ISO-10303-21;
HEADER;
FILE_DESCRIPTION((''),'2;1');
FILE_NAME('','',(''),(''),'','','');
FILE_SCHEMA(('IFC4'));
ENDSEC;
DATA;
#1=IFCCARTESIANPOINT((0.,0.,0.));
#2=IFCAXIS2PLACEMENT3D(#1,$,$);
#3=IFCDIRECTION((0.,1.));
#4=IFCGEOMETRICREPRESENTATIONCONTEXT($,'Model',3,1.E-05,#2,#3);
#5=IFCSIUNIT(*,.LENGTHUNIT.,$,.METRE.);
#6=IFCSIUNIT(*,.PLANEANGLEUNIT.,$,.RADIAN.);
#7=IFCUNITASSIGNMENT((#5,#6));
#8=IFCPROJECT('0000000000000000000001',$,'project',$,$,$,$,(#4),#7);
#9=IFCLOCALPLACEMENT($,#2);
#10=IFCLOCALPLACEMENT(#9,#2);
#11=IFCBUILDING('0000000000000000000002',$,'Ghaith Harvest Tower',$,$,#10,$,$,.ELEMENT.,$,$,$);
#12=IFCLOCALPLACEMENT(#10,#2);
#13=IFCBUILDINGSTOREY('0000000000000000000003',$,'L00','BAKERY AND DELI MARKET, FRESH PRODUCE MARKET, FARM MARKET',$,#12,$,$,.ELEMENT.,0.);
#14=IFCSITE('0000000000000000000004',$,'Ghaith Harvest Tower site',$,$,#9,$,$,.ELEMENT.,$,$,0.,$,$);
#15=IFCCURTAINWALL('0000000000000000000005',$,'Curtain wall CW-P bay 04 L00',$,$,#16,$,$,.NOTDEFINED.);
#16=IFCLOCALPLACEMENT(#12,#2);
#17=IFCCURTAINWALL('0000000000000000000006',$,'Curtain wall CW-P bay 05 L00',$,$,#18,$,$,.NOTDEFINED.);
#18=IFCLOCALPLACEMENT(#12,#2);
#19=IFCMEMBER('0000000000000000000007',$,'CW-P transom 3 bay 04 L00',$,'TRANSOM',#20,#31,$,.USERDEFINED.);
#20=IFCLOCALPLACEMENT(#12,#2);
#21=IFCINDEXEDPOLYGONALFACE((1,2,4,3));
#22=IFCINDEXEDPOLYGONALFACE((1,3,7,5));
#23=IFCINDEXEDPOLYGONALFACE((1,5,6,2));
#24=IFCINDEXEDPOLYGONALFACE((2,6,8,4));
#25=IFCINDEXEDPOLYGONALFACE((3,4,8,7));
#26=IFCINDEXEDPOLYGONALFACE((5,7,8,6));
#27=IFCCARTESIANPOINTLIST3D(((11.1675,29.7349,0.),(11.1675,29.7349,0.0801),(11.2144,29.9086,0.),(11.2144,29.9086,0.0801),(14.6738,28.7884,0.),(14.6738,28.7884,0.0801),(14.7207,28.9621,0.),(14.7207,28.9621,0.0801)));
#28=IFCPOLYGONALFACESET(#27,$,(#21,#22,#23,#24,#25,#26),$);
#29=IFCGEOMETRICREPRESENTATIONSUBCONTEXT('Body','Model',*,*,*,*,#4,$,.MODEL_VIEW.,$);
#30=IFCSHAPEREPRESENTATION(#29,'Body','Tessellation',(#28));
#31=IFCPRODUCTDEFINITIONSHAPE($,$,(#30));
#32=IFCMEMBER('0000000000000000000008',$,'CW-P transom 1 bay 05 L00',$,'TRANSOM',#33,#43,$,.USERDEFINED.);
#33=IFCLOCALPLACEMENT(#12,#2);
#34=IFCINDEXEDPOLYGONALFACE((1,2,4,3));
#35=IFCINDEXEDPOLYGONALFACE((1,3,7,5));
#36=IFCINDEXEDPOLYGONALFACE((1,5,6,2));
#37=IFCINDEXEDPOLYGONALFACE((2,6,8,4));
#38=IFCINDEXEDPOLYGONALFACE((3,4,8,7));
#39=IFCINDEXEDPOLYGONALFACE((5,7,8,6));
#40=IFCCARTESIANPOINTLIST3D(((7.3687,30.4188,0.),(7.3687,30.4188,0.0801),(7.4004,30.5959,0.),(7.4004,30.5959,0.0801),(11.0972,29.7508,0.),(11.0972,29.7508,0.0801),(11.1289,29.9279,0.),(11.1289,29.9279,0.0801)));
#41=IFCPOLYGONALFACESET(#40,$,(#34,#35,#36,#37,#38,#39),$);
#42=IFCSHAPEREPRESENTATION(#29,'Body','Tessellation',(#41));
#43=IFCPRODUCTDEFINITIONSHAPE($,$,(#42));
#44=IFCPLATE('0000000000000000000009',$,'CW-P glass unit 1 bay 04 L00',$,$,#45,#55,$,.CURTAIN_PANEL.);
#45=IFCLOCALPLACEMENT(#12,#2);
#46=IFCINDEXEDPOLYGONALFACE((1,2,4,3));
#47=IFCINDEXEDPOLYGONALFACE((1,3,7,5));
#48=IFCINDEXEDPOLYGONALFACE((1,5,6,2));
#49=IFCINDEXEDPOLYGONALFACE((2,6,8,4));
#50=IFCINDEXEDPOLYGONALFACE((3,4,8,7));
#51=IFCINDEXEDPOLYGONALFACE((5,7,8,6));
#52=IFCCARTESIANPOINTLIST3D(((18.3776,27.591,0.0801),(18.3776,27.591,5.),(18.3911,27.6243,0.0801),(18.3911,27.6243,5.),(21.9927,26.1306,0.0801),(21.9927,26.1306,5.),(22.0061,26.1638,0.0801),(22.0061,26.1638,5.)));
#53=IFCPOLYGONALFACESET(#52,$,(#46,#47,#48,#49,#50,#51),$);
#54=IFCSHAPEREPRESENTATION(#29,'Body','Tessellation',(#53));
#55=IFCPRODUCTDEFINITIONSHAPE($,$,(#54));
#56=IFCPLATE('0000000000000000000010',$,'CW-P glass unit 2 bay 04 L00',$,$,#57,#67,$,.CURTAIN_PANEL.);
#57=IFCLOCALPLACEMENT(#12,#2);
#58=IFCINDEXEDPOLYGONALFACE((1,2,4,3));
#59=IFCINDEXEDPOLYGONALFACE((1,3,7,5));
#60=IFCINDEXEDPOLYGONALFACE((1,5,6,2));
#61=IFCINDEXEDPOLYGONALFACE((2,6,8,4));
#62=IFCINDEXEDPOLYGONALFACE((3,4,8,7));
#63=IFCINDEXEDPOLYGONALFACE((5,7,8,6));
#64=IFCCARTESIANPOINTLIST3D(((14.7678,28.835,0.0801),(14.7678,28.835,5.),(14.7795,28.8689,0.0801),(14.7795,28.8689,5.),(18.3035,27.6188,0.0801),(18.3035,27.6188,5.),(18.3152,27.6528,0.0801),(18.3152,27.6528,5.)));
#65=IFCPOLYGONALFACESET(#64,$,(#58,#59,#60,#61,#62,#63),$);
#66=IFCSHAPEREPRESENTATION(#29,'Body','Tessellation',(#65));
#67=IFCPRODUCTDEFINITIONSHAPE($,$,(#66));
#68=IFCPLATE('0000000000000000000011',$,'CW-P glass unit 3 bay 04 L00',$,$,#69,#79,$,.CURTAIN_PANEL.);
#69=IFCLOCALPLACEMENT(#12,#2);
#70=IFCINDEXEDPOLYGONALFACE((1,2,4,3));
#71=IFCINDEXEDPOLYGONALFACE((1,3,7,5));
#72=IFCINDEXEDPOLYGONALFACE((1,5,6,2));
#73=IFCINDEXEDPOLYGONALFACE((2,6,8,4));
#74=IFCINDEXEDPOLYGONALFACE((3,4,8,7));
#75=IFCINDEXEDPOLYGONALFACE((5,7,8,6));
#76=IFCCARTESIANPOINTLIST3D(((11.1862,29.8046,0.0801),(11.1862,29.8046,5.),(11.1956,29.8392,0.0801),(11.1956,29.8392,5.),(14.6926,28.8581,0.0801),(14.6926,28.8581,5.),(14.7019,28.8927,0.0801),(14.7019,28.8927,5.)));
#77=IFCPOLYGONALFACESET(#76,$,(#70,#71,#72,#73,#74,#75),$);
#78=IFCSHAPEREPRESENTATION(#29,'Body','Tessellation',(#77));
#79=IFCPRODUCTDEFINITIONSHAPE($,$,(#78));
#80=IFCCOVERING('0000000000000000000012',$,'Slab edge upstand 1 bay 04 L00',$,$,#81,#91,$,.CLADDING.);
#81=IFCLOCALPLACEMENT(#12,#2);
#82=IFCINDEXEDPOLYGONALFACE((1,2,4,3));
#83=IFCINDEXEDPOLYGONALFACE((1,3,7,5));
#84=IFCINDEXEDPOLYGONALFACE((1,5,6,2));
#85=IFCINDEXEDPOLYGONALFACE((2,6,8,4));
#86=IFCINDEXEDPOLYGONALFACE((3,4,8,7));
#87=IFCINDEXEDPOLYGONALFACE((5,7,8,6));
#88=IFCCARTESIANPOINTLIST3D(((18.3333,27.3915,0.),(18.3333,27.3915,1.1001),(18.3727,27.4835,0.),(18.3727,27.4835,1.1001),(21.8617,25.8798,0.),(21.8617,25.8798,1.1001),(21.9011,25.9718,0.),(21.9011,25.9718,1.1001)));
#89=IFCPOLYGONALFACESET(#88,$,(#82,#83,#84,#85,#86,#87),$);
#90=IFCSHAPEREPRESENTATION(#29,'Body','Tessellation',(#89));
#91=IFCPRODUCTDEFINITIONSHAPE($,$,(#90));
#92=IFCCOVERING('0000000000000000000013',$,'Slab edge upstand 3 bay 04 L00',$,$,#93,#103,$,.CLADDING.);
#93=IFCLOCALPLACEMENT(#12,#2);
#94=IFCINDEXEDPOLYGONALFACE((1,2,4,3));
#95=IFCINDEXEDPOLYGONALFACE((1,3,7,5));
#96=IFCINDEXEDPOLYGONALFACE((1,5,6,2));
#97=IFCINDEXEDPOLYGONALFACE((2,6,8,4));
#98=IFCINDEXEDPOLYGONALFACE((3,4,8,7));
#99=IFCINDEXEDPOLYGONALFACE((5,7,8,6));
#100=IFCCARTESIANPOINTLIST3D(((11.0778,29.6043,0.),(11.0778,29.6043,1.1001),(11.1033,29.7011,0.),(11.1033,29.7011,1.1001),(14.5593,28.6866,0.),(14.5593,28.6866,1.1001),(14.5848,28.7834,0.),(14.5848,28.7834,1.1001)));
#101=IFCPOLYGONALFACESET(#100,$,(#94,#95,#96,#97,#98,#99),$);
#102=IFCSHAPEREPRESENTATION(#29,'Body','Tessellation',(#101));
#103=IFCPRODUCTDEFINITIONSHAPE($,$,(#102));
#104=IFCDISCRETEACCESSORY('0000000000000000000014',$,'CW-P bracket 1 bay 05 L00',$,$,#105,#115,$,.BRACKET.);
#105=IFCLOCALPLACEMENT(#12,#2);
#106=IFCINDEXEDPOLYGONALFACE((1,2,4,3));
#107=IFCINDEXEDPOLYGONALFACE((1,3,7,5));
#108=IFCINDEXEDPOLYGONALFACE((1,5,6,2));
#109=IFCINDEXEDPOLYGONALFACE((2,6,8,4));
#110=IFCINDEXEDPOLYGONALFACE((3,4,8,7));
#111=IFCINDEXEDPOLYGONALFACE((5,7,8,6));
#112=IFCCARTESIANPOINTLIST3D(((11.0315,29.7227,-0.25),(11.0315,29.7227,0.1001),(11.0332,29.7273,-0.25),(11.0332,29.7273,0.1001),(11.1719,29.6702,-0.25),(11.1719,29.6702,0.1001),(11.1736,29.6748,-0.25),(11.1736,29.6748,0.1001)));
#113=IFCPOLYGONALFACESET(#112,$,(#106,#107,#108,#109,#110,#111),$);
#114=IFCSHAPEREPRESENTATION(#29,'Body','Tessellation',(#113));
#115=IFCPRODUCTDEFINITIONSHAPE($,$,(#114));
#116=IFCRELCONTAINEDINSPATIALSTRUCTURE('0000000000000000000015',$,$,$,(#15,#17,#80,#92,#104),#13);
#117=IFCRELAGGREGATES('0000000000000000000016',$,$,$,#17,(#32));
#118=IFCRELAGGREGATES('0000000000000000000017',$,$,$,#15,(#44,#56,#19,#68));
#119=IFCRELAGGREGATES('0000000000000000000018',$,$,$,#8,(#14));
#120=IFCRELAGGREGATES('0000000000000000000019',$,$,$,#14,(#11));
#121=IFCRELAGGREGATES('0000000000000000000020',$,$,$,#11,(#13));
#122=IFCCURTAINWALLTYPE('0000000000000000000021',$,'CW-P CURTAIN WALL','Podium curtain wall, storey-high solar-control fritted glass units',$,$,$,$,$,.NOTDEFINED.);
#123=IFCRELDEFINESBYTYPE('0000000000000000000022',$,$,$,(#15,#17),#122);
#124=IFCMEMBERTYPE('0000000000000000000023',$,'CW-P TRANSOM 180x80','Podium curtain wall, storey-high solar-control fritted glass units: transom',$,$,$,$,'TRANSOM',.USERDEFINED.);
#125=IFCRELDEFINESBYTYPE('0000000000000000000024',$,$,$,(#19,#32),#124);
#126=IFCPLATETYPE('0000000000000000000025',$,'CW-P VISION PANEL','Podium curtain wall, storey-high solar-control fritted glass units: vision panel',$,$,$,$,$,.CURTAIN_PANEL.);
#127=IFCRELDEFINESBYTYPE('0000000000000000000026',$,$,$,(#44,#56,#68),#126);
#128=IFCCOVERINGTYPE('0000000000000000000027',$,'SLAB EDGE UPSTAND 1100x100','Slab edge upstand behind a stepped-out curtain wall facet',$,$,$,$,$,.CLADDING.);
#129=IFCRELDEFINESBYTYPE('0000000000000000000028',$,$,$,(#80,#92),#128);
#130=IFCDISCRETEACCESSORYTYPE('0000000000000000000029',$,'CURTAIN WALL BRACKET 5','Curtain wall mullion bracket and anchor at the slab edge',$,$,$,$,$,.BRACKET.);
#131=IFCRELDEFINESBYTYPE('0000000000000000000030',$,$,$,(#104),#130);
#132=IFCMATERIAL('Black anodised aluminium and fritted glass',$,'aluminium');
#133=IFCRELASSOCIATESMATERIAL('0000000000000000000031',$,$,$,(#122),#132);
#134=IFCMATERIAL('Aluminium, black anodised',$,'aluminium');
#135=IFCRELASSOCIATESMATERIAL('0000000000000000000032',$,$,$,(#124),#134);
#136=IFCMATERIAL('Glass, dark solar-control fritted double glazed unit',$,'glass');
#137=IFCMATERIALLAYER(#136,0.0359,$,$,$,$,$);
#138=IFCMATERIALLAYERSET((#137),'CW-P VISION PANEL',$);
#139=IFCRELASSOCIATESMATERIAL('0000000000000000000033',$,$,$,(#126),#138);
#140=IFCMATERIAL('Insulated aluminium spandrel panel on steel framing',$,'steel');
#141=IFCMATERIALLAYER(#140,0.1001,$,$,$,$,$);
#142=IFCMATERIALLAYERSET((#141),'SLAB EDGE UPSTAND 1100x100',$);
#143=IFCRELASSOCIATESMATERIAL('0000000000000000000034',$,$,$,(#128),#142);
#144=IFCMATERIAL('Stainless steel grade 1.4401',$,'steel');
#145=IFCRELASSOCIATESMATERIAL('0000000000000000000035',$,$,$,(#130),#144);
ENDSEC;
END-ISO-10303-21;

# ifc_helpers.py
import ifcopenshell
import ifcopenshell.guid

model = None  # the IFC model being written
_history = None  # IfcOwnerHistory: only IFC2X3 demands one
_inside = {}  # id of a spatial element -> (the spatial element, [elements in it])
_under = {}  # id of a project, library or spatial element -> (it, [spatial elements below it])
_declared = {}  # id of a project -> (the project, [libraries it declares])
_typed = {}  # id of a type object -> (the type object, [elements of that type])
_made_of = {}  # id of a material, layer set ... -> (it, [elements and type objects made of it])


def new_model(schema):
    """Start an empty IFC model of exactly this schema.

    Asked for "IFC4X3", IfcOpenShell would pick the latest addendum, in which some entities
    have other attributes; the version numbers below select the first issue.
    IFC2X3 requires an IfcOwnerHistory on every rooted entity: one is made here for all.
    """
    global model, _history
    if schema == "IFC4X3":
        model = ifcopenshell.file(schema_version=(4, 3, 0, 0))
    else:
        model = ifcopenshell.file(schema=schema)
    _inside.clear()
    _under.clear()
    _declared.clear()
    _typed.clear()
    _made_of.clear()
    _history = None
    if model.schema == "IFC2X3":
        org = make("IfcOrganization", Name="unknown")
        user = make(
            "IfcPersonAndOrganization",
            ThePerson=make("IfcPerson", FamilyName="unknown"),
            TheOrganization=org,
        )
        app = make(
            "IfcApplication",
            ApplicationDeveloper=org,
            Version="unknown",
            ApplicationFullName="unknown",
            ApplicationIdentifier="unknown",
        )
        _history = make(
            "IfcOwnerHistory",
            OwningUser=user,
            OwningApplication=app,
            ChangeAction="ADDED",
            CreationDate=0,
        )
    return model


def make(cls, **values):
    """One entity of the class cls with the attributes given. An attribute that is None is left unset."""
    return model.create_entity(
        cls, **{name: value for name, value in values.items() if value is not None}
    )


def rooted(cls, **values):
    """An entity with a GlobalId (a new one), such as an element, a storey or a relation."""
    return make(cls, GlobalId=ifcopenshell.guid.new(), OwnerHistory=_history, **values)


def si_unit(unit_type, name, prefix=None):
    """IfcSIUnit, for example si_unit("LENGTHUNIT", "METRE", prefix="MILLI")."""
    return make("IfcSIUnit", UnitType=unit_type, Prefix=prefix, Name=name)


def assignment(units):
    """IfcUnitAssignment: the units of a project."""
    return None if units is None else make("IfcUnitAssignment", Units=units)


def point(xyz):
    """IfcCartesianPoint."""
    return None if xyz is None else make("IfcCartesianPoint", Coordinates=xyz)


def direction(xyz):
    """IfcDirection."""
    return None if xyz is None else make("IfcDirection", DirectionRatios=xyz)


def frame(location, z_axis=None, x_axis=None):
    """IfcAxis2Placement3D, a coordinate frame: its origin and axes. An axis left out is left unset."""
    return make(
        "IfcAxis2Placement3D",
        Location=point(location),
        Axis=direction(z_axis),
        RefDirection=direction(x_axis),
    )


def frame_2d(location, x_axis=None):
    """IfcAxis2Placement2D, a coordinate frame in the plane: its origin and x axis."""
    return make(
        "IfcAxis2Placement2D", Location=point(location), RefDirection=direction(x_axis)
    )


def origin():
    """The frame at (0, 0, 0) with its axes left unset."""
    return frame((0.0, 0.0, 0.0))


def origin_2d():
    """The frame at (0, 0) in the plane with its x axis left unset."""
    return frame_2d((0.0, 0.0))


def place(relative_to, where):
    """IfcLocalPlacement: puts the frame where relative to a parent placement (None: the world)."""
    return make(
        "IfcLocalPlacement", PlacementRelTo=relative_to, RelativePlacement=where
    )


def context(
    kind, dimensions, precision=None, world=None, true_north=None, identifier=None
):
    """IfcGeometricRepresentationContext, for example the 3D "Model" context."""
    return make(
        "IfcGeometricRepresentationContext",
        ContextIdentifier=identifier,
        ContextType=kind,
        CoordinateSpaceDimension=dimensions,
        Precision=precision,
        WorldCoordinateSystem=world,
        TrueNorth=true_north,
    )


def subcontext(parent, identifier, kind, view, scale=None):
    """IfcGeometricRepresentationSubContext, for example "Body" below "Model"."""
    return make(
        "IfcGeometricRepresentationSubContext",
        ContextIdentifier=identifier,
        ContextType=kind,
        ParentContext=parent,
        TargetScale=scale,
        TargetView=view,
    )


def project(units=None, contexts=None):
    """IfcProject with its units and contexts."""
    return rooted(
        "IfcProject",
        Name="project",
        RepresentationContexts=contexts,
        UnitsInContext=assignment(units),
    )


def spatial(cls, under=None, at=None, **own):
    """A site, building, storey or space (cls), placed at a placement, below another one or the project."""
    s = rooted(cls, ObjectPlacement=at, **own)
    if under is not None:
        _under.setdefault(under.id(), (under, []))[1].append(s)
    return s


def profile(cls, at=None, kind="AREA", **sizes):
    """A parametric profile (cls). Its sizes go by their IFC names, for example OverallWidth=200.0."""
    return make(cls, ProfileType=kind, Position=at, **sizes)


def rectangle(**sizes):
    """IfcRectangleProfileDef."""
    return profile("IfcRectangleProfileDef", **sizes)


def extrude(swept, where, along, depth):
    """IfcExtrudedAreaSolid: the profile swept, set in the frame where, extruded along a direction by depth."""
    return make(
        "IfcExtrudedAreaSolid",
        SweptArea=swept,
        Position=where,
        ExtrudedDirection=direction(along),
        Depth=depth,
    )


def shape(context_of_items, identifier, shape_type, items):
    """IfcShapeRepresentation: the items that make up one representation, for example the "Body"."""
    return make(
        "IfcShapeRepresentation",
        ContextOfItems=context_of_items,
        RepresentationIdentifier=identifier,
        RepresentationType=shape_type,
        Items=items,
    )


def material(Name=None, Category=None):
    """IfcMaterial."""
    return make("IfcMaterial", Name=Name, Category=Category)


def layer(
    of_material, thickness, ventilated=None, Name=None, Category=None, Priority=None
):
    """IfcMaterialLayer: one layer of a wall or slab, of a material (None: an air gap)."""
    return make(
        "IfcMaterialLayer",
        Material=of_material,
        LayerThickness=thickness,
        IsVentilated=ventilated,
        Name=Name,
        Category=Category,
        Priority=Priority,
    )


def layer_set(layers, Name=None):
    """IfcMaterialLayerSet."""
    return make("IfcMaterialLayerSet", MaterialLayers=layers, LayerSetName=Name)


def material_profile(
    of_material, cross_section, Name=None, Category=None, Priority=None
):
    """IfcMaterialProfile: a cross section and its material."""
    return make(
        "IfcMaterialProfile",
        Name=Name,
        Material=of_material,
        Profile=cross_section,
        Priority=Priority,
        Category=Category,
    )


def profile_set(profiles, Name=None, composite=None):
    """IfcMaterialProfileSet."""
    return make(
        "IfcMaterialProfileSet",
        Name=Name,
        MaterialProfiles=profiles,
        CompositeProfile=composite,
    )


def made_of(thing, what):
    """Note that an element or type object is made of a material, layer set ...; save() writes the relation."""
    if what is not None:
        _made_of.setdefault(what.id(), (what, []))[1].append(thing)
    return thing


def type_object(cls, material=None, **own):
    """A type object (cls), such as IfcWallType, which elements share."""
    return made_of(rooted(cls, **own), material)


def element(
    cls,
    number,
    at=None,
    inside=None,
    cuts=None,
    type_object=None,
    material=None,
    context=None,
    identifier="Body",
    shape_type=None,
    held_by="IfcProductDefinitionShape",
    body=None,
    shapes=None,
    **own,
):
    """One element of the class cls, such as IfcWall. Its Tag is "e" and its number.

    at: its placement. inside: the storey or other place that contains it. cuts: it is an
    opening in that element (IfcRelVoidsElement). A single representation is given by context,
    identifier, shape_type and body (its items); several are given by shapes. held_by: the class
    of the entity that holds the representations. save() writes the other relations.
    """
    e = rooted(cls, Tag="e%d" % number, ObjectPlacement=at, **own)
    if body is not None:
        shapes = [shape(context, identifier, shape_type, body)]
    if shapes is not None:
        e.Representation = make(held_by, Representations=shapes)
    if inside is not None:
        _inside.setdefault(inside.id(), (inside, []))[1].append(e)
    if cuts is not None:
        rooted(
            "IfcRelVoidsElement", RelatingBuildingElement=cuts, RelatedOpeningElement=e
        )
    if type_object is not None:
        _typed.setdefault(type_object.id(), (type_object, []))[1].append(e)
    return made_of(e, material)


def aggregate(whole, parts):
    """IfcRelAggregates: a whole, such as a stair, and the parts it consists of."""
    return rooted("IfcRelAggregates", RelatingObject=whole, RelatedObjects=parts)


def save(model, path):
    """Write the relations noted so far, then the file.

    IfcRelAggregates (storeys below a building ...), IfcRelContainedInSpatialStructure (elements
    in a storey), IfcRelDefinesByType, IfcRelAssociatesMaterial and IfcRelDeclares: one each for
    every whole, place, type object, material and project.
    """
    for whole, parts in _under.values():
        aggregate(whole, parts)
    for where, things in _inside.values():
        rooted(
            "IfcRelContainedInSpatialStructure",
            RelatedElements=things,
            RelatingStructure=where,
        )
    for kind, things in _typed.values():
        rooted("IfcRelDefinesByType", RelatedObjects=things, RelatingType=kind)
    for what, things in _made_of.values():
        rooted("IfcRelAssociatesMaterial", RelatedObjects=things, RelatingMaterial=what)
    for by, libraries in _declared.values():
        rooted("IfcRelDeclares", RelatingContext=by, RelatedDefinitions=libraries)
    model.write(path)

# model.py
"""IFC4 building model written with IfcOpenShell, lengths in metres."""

from ifc_helpers import new_model, si_unit, direction, frame, origin, origin_2d, place, context, subcontext, project, spatial, rectangle, extrude, material, layer, layer_set, material_profile, profile_set, type_object, element, aggregate, save


model = new_model("IFC4")

# Units and contexts
model_context = context("Model", 3, precision=1e-05, world=origin(), true_north=direction((0.0, 1.0)))
body_context = subcontext(model_context, "Body", "Model", "MODEL_VIEW")
ifc_project = project(units=[si_unit("LENGTHUNIT", "METRE"), si_unit("PLANEANGLEUNIT", "RADIAN")], contexts=[model_context])

# Site, building, storey
site_placement = place(None, origin())
site = spatial("IfcSite", under=ifc_project, at=site_placement, Name="Ghaith Harvest Tower site", CompositionType="ELEMENT", RefElevation=0.0)
building_placement = place(site_placement, origin())
building = spatial("IfcBuilding", under=site, at=building_placement, Name="Ghaith Harvest Tower", CompositionType="ELEMENT")
storey_placement = place(building_placement, origin())
storey = spatial("IfcBuildingStorey", under=building, at=storey_placement, Name="L00", Description="BAKERY AND DELI MARKET, FRESH PRODUCE MARKET, FARM MARKET", CompositionType="ELEMENT", Elevation=0.0)

# Curtain wall
ifc_material_1 = material(Name="Black anodised aluminium and fritted glass", Category="aluminium")
curtain_wall_type = type_object("IfcCurtainWallType", Name="CW-P CURTAIN WALL", Description="Podium curtain wall, storey-high solar-control fritted glass units", PredefinedType="NOTDEFINED", material=ifc_material_1)
curtain_wall_1_placement = place(storey_placement, origin())
curtain_wall_1 = element("IfcCurtainWall", 1, at=curtain_wall_1_placement, inside=storey, type_object=curtain_wall_type, Name="Curtain wall CW-P bay 04 L00", PredefinedType="NOTDEFINED")

# Curtain wall
curtain_wall_2_placement = place(storey_placement, origin())
curtain_wall_2 = element("IfcCurtainWall", 2, at=curtain_wall_2_placement, inside=storey, type_object=curtain_wall_type, Name="Curtain wall CW-P bay 05 L00", PredefinedType="NOTDEFINED")

# Members
ifc_material_2 = material(Name="Aluminium, black anodised", Category="aluminium")
ifc_material_profile_1 = material_profile(ifc_material_2, rectangle(XDim=0.1799, YDim=0.0801, at=origin_2d()), Name="CW-P TRANSOM 180x80")
ifc_profile_set_1 = profile_set([ifc_material_profile_1], Name="Aluminium, black anodised")
member_type_1 = type_object("IfcMemberType", Name="CW-P TRANSOM 180x80", Description="Podium curtain wall, storey-high solar-control fritted glass units: transom", ElementType="TRANSOM", PredefinedType="USERDEFINED", material=ifc_profile_set_1)
member_1_placement = place(storey_placement, frame((14.6973, 28.8752, 0.04), z_axis=(-0.965442, 0.260619, 0.0), x_axis=(-0.260619, -0.965442, 0.0)))
member_1 = element("IfcMember", 3, at=member_1_placement, type_object=member_type_1, Name="CW-P transom 3 bay 04 L00", ObjectType="TRANSOM", PredefinedType="USERDEFINED", context=body_context, shape_type="SweptSolid", body=[
    extrude(rectangle(XDim=0.1799, YDim=0.0801, at=origin_2d()), origin(), (0.0, 0.0, 1.0), 3.6318),
])
member_2_placement = place(storey_placement, frame((11.113, 29.8394, 0.04), z_axis=(-0.984329, 0.176344, 0.0), x_axis=(-0.176344, -0.984329, 0.0)))
member_2 = element("IfcMember", 4, at=member_2_placement, type_object=member_type_1, Name="CW-P transom 1 bay 05 L00", ObjectType="TRANSOM", PredefinedType="USERDEFINED", context=body_context, shape_type="SweptSolid", body=[
    extrude(rectangle(XDim=0.1799, YDim=0.0801, at=origin_2d()), origin(), (0.0, 0.0, 1.0), 3.7878),
])
aggregate(curtain_wall_2, [member_2])

# Plates
ifc_material_3 = material(Name="Glass, dark solar-control fritted double glazed unit", Category="glass")
ifc_layer_1 = layer(ifc_material_3, 0.0359)
ifc_layer_set_1 = layer_set([ifc_layer_1], Name="CW-P VISION PANEL")
plate_type = type_object("IfcPlateType", Name="CW-P VISION PANEL", Description="Podium curtain wall, storey-high solar-control fritted glass units: vision panel", PredefinedType="CURTAIN_PANEL", material=ifc_layer_set_1)
plate_1_placement = place(storey_placement, frame((20.1919, 26.8774, 0.0801), z_axis=(0.0, 0.0, 1.0), x_axis=(-0.927191, 0.374588, 0.0)))
plate_1 = element("IfcPlate", 5, at=plate_1_placement, type_object=plate_type, Name="CW-P glass unit 1 bay 04 L00", PredefinedType="CURTAIN_PANEL", context=body_context, shape_type="SweptSolid", body=[
    extrude(rectangle(XDim=3.8989, YDim=0.0359, at=origin_2d()), origin(), (0.0, 0.0, 1.0), 4.9199),
])
plate_2_placement = place(storey_placement, frame((16.5415, 28.2439, 0.0801), z_axis=(0.0, 0.0, 1.0), x_axis=(-0.945624, 0.325262, 0.0)))
plate_2 = element("IfcPlate", 6, at=plate_2_placement, type_object=plate_type, Name="CW-P glass unit 2 bay 04 L00", PredefinedType="CURTAIN_PANEL", context=body_context, shape_type="SweptSolid", body=[
    extrude(rectangle(XDim=3.739, YDim=0.0359, at=origin_2d()), origin(), (0.0, 0.0, 1.0), 4.9199),
])
plate_3_placement = place(storey_placement, frame((12.9441, 29.3486, 0.0801), z_axis=(0.0, 0.0, 1.0), x_axis=(-0.965445, 0.260608, 0.0)))
plate_3 = element("IfcPlate", 7, at=plate_3_placement, type_object=plate_type, Name="CW-P glass unit 3 bay 04 L00", PredefinedType="CURTAIN_PANEL", context=body_context, shape_type="SweptSolid", body=[
    extrude(rectangle(XDim=3.6318, YDim=0.0359, at=origin_2d()), origin(), (0.0, 0.0, 1.0), 4.9199),
])
aggregate(curtain_wall_1, [plate_1, plate_2, member_1, plate_3])

# Coverings
ifc_material_4 = material(Name="Insulated aluminium spandrel panel on steel framing", Category="steel")
ifc_layer_2 = layer(ifc_material_4, 0.1001)
ifc_layer_set_2 = layer_set([ifc_layer_2], Name="SLAB EDGE UPSTAND 1100x100")
covering_type = type_object("IfcCoveringType", Name="SLAB EDGE UPSTAND 1100x100", Description="Slab edge upstand behind a stepped-out curtain wall facet", PredefinedType="CLADDING", material=ifc_layer_set_2)
covering_1_placement = place(storey_placement, frame((20.1172, 26.6816, 0.0), z_axis=(0.0, 0.0, 1.0), x_axis=(-0.919191, 0.393813, 0.0)))
element("IfcCovering", 8, at=covering_1_placement, inside=storey, type_object=covering_type, Name="Slab edge upstand 1 bay 04 L00", PredefinedType="CLADDING", context=body_context, shape_type="SweptSolid", body=[
    extrude(rectangle(XDim=3.8386, YDim=0.1001, at=origin_2d()), origin(), (0.0, 0.0, 1.0), 1.1001),
])
covering_2_placement = place(storey_placement, frame((12.8313, 29.1938, 0.0), z_axis=(0.0, 0.0, 1.0), x_axis=(-0.966975, 0.25487, 0.0)))
element("IfcCovering", 9, at=covering_2_placement, inside=storey, type_object=covering_type, Name="Slab edge upstand 3 bay 04 L00", PredefinedType="CLADDING", context=body_context, shape_type="SweptSolid", body=[
    extrude(rectangle(XDim=3.6003, YDim=0.1001, at=origin_2d()), origin(), (0.0, 0.0, 1.0), 1.1001),
])

# Discrete accessory
ifc_material_5 = material(Name="Stainless steel grade 1.4401", Category="steel")
discrete_accessory_type = type_object("IfcDiscreteAccessoryType", Name="CURTAIN WALL BRACKET 5", Description="Curtain wall mullion bracket and anchor at the slab edge", PredefinedType="BRACKET", material=ifc_material_5)
discrete_accessory_placement = place(storey_placement, frame((11.1025, 29.6987, -0.25), z_axis=(0.0, 0.0, 1.0), x_axis=(0.350168, 0.936687, 0.0)))
element("IfcDiscreteAccessory", 10, at=discrete_accessory_placement, inside=storey, type_object=discrete_accessory_type, Name="CW-P bracket 1 bay 05 L00", PredefinedType="BRACKET", context=body_context, shape_type="SweptSolid", body=[
    extrude(rectangle(XDim=0.0049, YDim=0.1499, at=origin_2d()), origin(), (0.0, 0.0, 1.0), 0.3501),
])

save(model, "model.ifc")
